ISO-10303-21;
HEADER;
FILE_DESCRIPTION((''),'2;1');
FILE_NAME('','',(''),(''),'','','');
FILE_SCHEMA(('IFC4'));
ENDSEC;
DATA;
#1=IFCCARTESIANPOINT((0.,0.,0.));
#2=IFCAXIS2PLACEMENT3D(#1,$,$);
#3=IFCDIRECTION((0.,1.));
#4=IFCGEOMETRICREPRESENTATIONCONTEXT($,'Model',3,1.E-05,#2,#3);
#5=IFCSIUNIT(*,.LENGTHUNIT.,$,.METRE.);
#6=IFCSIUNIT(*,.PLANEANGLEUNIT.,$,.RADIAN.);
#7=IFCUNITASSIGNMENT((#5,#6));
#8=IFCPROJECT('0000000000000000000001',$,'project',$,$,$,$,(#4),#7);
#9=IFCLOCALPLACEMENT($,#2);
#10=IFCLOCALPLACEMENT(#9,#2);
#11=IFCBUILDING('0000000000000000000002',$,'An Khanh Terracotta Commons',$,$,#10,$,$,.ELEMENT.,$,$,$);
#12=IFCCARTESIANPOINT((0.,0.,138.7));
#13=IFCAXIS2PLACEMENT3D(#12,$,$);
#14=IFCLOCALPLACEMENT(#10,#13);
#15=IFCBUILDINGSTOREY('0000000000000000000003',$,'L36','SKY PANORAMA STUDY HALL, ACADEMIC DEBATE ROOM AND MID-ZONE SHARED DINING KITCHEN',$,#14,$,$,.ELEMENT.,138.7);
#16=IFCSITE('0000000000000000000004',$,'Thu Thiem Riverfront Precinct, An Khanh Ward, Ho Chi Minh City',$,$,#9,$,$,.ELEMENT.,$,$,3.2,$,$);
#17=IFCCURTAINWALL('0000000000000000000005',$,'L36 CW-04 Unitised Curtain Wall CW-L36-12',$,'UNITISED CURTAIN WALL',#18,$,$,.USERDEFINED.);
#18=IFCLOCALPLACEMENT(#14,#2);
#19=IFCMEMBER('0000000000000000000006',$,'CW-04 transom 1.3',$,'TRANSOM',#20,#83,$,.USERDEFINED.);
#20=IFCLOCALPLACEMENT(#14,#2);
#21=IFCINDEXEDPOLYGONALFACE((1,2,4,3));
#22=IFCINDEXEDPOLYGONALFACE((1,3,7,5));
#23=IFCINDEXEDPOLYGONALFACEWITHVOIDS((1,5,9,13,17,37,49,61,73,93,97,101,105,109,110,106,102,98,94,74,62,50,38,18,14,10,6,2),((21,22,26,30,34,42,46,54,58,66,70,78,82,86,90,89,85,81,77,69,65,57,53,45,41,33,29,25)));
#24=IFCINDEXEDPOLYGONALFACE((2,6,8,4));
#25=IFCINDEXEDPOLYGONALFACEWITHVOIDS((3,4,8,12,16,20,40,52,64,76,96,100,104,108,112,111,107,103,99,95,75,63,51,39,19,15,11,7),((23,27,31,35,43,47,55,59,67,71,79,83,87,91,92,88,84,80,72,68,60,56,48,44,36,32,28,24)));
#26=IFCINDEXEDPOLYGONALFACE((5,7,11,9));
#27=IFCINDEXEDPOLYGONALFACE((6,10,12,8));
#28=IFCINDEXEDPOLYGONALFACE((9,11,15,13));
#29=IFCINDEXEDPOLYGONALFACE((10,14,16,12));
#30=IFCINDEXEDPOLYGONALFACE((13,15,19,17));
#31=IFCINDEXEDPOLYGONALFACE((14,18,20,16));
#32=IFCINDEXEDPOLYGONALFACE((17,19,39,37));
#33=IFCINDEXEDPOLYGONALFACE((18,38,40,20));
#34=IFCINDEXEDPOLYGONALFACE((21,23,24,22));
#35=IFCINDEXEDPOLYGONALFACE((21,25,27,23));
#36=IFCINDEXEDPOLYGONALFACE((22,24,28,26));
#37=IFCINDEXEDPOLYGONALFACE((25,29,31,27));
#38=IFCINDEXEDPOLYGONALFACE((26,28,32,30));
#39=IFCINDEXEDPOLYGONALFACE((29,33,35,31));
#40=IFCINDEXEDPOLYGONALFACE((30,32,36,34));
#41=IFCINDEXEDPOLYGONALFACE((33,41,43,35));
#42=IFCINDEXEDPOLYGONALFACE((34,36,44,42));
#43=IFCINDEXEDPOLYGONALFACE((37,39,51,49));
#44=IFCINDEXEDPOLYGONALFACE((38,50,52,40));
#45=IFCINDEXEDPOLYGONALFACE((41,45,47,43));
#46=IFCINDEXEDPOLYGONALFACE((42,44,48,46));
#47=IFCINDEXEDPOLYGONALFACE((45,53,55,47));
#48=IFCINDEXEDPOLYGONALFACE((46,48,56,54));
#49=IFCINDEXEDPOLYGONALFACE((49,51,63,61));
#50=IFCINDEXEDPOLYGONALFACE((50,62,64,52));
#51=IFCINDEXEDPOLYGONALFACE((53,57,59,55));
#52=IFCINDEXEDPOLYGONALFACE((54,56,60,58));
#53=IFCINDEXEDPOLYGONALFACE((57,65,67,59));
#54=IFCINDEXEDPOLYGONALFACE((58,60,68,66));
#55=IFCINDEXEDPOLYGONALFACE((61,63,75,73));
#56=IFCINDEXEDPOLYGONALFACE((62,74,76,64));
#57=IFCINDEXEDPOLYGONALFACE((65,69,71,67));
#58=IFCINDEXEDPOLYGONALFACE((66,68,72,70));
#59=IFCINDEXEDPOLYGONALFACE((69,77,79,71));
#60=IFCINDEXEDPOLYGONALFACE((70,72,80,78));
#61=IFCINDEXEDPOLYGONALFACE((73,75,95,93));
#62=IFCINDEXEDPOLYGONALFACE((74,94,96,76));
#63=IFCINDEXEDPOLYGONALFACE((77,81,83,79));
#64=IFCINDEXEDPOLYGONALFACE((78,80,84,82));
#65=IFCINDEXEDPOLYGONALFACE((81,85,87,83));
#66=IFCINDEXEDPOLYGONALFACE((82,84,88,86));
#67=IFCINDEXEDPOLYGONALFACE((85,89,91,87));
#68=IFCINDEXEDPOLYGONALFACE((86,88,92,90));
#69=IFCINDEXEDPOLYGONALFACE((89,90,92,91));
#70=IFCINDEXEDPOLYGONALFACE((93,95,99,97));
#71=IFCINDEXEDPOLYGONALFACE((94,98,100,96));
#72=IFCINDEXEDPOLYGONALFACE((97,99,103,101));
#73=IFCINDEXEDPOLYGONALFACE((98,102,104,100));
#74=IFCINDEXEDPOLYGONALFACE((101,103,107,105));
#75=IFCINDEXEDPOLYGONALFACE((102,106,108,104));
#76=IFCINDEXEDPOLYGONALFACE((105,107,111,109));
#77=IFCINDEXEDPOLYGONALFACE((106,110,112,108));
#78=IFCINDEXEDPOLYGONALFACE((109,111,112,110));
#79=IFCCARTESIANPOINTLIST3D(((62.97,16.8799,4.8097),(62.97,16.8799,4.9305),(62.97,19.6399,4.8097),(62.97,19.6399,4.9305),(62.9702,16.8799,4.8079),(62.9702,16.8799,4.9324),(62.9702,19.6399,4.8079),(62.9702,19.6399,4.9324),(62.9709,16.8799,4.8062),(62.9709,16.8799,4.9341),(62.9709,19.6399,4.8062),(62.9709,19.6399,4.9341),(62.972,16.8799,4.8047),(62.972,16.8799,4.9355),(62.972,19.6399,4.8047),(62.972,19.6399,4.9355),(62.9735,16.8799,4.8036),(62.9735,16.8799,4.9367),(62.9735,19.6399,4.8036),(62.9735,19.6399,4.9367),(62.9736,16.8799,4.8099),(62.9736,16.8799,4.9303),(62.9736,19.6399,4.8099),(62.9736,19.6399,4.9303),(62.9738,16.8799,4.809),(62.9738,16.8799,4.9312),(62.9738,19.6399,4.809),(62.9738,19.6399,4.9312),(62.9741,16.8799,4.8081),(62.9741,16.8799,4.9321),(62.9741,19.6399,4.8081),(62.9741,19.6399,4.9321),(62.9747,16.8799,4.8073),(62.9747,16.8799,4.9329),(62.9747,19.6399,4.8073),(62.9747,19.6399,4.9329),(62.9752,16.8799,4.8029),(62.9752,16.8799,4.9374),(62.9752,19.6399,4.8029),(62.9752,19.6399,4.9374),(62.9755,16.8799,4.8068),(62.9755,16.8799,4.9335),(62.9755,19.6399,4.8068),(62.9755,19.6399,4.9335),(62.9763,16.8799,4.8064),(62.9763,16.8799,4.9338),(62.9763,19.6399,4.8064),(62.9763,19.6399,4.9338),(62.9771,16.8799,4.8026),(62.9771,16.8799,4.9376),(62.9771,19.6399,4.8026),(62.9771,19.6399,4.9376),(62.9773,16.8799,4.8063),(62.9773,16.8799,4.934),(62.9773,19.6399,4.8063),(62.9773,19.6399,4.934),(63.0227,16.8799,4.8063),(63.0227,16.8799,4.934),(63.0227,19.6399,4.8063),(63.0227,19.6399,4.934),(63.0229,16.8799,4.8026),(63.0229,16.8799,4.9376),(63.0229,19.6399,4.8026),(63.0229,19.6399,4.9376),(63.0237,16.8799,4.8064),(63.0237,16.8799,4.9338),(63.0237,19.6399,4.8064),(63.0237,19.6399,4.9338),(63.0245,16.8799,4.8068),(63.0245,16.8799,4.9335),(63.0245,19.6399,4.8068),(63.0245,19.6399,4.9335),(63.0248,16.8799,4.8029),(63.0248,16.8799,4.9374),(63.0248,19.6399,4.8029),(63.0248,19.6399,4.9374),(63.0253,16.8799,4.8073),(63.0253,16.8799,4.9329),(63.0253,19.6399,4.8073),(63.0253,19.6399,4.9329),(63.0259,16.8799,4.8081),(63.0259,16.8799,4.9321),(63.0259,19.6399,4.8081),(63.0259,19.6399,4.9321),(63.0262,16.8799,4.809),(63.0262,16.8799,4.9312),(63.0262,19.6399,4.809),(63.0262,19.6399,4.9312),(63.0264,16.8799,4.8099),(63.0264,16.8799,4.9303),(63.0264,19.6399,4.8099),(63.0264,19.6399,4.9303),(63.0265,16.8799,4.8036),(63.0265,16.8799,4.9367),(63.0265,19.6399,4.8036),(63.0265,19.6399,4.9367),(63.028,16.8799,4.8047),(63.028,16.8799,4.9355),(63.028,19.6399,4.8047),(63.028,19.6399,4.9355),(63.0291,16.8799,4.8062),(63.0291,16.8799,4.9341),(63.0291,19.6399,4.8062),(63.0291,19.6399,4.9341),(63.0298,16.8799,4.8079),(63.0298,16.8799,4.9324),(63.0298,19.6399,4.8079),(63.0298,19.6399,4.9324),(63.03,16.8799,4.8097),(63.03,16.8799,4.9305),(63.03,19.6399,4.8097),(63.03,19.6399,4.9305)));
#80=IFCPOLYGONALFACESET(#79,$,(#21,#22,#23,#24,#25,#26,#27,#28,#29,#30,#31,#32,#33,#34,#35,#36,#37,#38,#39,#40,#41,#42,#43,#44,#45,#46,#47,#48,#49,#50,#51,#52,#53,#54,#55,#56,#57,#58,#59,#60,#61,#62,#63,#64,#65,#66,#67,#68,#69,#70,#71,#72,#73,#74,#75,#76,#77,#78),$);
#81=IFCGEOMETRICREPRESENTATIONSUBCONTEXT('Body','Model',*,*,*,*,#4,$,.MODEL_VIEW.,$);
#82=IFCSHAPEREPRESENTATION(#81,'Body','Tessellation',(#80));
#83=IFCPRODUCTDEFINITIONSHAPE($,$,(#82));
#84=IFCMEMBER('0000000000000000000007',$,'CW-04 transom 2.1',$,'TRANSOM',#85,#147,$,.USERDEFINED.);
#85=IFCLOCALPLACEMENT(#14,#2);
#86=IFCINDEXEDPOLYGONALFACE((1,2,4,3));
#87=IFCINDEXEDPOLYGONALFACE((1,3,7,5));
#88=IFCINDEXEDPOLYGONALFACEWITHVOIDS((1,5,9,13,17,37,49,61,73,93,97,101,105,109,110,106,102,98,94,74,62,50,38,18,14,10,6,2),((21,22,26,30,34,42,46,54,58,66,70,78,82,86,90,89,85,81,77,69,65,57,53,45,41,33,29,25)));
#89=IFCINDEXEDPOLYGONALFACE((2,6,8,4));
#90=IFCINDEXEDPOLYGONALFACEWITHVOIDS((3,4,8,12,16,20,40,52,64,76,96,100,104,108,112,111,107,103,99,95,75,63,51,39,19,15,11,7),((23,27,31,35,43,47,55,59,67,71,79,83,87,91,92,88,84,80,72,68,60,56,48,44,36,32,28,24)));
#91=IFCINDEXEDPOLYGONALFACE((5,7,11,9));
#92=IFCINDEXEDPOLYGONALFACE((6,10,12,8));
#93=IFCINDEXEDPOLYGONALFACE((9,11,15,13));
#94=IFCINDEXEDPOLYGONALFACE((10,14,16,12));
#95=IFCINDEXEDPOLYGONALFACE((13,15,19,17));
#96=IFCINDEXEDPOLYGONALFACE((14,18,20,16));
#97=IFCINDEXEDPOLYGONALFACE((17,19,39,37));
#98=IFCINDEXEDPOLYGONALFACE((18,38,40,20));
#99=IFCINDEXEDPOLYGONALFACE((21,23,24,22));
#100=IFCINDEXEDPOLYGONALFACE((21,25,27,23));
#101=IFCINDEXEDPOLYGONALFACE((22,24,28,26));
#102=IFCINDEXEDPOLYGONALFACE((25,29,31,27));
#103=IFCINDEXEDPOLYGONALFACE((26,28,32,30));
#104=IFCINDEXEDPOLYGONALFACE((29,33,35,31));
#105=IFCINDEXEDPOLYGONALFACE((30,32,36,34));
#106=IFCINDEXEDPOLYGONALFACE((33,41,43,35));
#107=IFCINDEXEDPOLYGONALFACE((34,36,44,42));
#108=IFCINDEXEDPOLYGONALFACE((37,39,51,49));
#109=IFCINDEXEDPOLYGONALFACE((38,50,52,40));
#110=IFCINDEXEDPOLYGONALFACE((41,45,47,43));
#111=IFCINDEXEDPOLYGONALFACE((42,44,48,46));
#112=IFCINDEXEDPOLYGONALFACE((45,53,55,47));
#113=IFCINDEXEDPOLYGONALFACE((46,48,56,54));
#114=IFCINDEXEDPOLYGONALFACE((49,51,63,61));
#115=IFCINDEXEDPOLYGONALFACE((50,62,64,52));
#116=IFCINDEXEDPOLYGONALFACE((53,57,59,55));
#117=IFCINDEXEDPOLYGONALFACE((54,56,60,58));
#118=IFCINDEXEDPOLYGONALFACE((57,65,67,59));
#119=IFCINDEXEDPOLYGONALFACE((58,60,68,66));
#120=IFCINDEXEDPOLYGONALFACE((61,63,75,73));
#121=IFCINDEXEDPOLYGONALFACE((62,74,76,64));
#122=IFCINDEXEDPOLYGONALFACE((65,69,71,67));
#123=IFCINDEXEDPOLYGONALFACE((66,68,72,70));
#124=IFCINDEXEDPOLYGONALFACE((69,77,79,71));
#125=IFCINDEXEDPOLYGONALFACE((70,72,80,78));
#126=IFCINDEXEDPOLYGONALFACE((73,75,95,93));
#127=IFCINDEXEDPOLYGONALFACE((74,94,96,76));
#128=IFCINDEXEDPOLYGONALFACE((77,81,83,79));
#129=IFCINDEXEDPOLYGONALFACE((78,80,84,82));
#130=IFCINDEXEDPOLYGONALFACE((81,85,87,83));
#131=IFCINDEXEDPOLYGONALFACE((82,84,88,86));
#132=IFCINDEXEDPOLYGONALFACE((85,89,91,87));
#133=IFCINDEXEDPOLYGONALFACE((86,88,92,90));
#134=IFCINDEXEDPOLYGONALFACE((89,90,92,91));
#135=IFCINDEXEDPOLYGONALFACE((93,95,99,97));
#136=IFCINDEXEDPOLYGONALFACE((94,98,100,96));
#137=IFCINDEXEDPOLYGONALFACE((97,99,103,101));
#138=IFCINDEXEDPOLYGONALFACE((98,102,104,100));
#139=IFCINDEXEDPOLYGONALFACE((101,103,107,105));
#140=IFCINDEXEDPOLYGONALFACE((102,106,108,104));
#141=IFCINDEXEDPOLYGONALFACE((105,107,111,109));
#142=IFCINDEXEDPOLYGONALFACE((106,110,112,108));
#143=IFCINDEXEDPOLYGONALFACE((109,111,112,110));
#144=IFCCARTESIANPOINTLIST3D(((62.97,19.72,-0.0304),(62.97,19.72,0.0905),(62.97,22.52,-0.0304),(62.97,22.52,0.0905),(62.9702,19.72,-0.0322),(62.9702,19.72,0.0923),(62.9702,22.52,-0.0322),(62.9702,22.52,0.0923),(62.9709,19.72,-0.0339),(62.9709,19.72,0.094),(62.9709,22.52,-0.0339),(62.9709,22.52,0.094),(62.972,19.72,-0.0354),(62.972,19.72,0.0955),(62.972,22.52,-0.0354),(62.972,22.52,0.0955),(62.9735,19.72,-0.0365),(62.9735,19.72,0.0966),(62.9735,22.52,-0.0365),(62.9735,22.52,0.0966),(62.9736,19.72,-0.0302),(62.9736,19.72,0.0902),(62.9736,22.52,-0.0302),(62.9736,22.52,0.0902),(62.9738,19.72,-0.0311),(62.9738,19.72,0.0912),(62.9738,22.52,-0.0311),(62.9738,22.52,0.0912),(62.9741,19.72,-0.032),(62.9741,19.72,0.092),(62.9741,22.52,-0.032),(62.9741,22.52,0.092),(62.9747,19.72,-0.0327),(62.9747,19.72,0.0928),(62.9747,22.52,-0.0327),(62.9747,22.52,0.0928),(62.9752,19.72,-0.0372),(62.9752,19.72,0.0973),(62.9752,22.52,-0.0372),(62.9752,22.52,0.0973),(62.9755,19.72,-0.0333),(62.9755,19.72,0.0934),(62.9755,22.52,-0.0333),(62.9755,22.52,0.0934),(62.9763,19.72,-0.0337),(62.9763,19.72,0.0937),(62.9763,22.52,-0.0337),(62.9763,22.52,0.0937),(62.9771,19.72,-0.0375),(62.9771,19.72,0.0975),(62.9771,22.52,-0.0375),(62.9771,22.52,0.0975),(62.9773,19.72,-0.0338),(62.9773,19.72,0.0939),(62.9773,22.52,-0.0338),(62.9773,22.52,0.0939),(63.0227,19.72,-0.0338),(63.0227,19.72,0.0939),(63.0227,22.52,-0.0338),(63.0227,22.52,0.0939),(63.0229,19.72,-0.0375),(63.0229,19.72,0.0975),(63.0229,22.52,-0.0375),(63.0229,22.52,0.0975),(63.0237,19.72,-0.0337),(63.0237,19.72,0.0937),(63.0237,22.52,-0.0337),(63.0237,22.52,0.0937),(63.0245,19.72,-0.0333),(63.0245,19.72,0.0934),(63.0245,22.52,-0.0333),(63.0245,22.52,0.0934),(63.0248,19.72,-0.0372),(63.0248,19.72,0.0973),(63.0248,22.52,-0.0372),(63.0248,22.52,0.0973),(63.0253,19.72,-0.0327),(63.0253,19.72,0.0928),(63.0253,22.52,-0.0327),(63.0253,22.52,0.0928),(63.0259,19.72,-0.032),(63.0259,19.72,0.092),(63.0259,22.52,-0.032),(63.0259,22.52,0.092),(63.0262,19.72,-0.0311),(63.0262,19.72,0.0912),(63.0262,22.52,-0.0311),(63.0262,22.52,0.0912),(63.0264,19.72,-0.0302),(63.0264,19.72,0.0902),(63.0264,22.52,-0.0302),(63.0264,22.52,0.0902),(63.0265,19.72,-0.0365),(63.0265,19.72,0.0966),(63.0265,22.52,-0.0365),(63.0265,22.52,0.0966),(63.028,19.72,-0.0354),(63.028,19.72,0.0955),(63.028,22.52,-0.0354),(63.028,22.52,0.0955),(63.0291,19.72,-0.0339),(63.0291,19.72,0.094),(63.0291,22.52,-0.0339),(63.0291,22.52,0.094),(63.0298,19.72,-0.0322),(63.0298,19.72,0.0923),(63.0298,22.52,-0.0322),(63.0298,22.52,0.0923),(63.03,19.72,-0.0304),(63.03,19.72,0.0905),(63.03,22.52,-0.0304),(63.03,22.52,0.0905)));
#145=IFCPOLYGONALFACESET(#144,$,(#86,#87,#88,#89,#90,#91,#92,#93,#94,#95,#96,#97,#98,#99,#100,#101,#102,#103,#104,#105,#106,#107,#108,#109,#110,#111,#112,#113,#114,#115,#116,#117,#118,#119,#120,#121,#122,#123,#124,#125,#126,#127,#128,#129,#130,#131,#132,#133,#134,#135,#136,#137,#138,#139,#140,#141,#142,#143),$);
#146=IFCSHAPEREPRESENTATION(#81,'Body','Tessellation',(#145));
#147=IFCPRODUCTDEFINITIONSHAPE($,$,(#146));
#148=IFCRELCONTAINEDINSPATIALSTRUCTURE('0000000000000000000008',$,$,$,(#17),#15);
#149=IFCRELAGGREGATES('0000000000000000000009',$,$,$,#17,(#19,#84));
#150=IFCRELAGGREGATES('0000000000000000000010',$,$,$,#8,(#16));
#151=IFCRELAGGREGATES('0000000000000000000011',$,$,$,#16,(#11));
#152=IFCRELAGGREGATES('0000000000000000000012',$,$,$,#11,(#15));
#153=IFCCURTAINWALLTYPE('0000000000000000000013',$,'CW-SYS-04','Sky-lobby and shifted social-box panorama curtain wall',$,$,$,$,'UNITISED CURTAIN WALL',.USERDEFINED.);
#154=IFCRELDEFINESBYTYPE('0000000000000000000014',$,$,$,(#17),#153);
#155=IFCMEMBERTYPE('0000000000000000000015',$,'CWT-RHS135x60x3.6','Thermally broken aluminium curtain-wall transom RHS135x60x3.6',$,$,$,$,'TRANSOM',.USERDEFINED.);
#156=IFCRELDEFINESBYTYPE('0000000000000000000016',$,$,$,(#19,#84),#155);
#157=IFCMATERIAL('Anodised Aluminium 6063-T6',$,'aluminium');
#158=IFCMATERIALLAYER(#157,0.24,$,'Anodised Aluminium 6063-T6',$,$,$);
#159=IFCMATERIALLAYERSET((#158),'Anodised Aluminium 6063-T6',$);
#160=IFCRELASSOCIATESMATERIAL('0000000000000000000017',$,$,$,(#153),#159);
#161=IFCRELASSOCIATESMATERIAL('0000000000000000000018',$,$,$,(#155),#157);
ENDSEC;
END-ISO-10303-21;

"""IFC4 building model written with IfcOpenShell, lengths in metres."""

from ifc_helpers import new_model, si_unit, direction, frame, origin, origin_2d, place, context, subcontext, project, spatial, hollow_rectangle, extrude, material, layer, layer_set, material_profile, profile_set, type_object, element, aggregate, save


model = new_model("IFC4")

# Units and contexts
model_context = context("Model", 3, precision=1e-05, world=origin(), true_north=direction((0.0, 1.0)))
body_context = subcontext(model_context, "Body", "Model", "MODEL_VIEW")
ifc_project = project(units=[si_unit("LENGTHUNIT", "METRE"), si_unit("PLANEANGLEUNIT", "RADIAN")], contexts=[model_context])

# Site, building, storey
site_placement = place(None, origin())
site = spatial("IfcSite", under=ifc_project, at=site_placement, Name="Thu Thiem Riverfront Precinct, An Khanh Ward, Ho Chi Minh City", CompositionType="ELEMENT", RefElevation=3.2)
building_placement = place(site_placement, origin())
building = spatial("IfcBuilding", under=site, at=building_placement, Name="An Khanh Terracotta Commons", CompositionType="ELEMENT")
storey_placement = place(building_placement, frame((0.0, 0.0, 138.7)))
storey = spatial("IfcBuildingStorey", under=building, at=storey_placement, Name="L36", Description="SKY PANORAMA STUDY HALL, ACADEMIC DEBATE ROOM AND MID-ZONE SHARED DINING KITCHEN", CompositionType="ELEMENT", Elevation=138.7)

# Curtain wall
ifc_material_1 = material(Name="Anodised Aluminium 6063-T6", Category="aluminium")
ifc_layer_1 = layer(ifc_material_1, 0.24, Name="Anodised Aluminium 6063-T6")
ifc_layer_set_1 = layer_set([ifc_layer_1], Name="Anodised Aluminium 6063-T6")
curtain_wall_type = type_object("IfcCurtainWallType", Name="CW-SYS-04", Description="Sky-lobby and shifted social-box panorama curtain wall", ElementType="UNITISED CURTAIN WALL", PredefinedType="USERDEFINED", material=ifc_layer_set_1)
curtain_wall_1_placement = place(storey_placement, origin())
curtain_wall_1 = element("IfcCurtainWall", 1, at=curtain_wall_1_placement, inside=storey, type_object=curtain_wall_type, Name="L36 CW-04 Unitised Curtain Wall CW-L36-12", ObjectType="UNITISED CURTAIN WALL", PredefinedType="USERDEFINED")

# Members
ifc_material_profile_1 = material_profile(ifc_material_1, hollow_rectangle(XDim=0.0601, YDim=0.135, WallThickness=0.0037, InnerFilletRadius=0.0037, OuterFilletRadius=0.0071, at=origin_2d()), Name="RHS135x60x3.6")
ifc_profile_set_1 = profile_set([ifc_material_profile_1], Name="Anodised Aluminium 6063-T6")
member_type_1 = type_object("IfcMemberType", Name="CWT-RHS135x60x3.6", Description="Thermally broken aluminium curtain-wall transom RHS135x60x3.6", ElementType="TRANSOM", PredefinedType="USERDEFINED", material=ifc_profile_set_1)
member_1_placement = place(storey_placement, frame((63.0, 16.8799, 4.8701), z_axis=(0.0, 1.0, 0.0), x_axis=(-1.0, 0.0, 0.0)))
member_1 = element("IfcMember", 2, at=member_1_placement, type_object=member_type_1, Name="CW-04 transom 1.3", ObjectType="TRANSOM", PredefinedType="USERDEFINED", context=body_context, shape_type="SweptSolid", body=[
    extrude(hollow_rectangle(XDim=0.0601, YDim=0.135, WallThickness=0.0037, InnerFilletRadius=0.0037, OuterFilletRadius=0.0071, at=origin_2d()), origin(), (0.0, 0.0, 1.0), 2.76),
])
member_2_placement = place(storey_placement, frame((63.0, 19.72, 0.03), z_axis=(0.0, 1.0, 0.0), x_axis=(-1.0, 0.0, 0.0)))
member_2 = element("IfcMember", 3, at=member_2_placement, type_object=member_type_1, Name="CW-04 transom 2.1", ObjectType="TRANSOM", PredefinedType="USERDEFINED", context=body_context, shape_type="SweptSolid", body=[
    extrude(hollow_rectangle(XDim=0.0601, YDim=0.135, WallThickness=0.0037, InnerFilletRadius=0.0037, OuterFilletRadius=0.0071, at=origin_2d()), origin(), (0.0, 0.0, 1.0), 2.8),
])

aggregate(curtain_wall_1, [member_1, member_2])

save(model, "model.ifc")
